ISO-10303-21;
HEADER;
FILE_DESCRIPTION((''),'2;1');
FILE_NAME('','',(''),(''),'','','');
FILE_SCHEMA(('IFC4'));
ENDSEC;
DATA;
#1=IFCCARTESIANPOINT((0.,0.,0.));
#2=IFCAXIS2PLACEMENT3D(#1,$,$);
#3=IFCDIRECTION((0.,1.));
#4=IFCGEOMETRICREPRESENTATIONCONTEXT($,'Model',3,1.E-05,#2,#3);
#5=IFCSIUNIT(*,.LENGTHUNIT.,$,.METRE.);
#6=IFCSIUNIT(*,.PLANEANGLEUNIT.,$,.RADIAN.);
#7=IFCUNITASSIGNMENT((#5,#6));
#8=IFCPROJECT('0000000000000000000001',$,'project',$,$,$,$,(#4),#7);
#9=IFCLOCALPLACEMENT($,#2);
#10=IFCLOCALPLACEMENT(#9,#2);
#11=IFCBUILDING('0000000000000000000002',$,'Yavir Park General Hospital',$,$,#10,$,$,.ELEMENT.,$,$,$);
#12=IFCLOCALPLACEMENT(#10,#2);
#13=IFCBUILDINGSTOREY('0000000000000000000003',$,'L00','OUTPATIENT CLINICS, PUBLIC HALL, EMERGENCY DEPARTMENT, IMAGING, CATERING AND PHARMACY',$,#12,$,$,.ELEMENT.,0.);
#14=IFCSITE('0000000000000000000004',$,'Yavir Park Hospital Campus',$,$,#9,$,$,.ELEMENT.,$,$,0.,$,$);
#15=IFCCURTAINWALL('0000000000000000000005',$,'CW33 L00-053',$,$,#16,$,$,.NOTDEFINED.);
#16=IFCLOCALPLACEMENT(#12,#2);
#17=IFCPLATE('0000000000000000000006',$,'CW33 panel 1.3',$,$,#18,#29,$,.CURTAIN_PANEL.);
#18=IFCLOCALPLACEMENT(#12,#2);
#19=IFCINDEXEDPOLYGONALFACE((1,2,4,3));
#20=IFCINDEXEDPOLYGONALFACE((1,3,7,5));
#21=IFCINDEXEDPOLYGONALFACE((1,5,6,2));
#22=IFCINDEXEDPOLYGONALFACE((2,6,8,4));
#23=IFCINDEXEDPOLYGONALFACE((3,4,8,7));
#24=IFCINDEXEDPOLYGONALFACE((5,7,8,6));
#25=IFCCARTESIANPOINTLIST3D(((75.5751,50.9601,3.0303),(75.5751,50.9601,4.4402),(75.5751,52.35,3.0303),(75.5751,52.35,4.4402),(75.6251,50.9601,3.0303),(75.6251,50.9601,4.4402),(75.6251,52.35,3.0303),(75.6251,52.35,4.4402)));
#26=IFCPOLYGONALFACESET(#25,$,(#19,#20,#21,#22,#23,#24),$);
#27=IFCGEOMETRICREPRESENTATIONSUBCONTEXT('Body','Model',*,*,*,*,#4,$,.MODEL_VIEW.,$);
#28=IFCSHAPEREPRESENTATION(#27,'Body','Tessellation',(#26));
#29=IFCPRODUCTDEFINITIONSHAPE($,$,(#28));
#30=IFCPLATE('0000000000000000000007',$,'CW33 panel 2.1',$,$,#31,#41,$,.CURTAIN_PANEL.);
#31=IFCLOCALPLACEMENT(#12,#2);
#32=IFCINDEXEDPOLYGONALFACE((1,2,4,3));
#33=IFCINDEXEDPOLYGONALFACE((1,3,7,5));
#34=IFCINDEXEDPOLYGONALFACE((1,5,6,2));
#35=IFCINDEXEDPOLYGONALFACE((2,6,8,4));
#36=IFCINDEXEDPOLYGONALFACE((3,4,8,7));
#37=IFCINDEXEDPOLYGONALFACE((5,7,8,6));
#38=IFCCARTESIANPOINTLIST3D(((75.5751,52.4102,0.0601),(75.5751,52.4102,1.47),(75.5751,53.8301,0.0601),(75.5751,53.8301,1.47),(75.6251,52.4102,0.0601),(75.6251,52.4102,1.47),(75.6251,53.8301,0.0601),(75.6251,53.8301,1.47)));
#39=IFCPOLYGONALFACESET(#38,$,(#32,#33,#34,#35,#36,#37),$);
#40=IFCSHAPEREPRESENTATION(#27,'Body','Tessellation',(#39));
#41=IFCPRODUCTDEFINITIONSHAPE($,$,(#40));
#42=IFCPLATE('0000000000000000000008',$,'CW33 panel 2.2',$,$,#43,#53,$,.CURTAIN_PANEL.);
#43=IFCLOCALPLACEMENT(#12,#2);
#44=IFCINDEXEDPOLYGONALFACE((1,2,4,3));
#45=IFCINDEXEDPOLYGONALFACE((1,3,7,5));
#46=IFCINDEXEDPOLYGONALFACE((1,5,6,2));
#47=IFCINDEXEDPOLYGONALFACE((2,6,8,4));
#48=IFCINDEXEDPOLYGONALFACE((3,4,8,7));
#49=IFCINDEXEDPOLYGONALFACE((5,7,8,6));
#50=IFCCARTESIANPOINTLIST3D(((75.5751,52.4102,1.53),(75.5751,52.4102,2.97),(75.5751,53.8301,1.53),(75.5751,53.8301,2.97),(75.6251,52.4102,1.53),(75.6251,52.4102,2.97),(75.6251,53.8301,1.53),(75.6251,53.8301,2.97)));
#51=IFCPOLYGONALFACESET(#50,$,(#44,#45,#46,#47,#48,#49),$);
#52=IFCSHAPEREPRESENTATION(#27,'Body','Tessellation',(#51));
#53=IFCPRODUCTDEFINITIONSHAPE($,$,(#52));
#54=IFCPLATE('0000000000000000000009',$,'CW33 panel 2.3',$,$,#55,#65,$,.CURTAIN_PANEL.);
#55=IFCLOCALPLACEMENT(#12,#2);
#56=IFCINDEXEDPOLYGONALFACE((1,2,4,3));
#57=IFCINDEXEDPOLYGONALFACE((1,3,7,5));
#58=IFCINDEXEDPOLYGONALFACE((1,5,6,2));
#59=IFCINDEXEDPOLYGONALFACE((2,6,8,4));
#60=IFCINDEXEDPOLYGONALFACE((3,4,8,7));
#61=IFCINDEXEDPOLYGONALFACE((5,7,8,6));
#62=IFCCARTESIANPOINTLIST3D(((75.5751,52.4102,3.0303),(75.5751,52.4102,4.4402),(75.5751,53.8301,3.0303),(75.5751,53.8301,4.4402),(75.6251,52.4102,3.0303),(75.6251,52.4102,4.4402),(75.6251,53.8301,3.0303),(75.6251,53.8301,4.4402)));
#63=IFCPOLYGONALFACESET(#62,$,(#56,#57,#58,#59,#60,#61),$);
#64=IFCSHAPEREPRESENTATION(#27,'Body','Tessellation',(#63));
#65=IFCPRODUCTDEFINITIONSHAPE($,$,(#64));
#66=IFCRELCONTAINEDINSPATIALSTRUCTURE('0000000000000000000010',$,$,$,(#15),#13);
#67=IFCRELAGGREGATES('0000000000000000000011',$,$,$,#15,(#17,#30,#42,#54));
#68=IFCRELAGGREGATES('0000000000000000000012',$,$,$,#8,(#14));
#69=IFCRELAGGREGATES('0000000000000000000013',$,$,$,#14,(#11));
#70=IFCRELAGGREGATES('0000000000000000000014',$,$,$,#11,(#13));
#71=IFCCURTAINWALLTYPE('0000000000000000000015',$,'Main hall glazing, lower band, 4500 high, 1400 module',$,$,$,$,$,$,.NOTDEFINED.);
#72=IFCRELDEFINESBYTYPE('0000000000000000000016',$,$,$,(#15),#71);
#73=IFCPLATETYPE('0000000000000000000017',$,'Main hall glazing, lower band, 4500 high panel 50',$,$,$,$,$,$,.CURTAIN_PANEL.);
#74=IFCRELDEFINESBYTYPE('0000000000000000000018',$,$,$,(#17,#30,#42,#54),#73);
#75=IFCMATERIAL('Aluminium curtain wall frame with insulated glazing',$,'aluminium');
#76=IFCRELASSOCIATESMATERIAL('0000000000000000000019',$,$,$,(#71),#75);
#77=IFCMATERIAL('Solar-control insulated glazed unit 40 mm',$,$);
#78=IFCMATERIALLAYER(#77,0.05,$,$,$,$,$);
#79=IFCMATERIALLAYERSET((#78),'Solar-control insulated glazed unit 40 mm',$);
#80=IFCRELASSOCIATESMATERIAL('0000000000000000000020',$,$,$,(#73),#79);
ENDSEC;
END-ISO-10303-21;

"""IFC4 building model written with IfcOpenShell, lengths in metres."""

from ifc_helpers import new_model, si_unit, direction, frame, origin, origin_2d, place, context, subcontext, project, spatial, rectangle, extrude, material, layer, layer_set, type_object, element, aggregate, save


model = new_model("IFC4")

# Units and contexts
model_context = context("Model", 3, precision=1e-05, world=origin(), true_north=direction((0.0, 1.0)))
body_context = subcontext(model_context, "Body", "Model", "MODEL_VIEW")
ifc_project = project(units=[si_unit("LENGTHUNIT", "METRE"), si_unit("PLANEANGLEUNIT", "RADIAN")], contexts=[model_context])

# Site, building, storey
site_placement = place(None, origin())
site = spatial("IfcSite", under=ifc_project, at=site_placement, Name="Yavir Park Hospital Campus", CompositionType="ELEMENT", RefElevation=0.0)
building_placement = place(site_placement, origin())
building = spatial("IfcBuilding", under=site, at=building_placement, Name="Yavir Park General Hospital", CompositionType="ELEMENT")
storey_placement = place(building_placement, origin())
storey = spatial("IfcBuildingStorey", under=building, at=storey_placement, Name="L00", Description="OUTPATIENT CLINICS, PUBLIC HALL, EMERGENCY DEPARTMENT, IMAGING, CATERING AND PHARMACY", CompositionType="ELEMENT", Elevation=0.0)

# Shared definitions
ifc_material_1 = material(Name="Aluminium curtain wall frame with insulated glazing", Category="aluminium")
curtain_wall_type_1 = type_object("IfcCurtainWallType", Name="Main hall glazing, lower band, 4500 high, 1400 module", PredefinedType="NOTDEFINED", material=ifc_material_1)

# Curtain wall
curtain_wall_1_placement = place(storey_placement, origin())
curtain_wall_1 = element("IfcCurtainWall", 1, at=curtain_wall_1_placement, inside=storey, type_object=curtain_wall_type_1, Name="CW33 L00-053", PredefinedType="NOTDEFINED")

# Plates
ifc_material_2 = material(Name="Solar-control insulated glazed unit 40 mm")
ifc_layer = layer(ifc_material_2, 0.05)
ifc_layer_set = layer_set([ifc_layer], Name="Solar-control insulated glazed unit 40 mm")
plate_type = type_object("IfcPlateType", Name="Main hall glazing, lower band, 4500 high panel 50", PredefinedType="CURTAIN_PANEL", material=ifc_layer_set)
plate_1_placement = place(storey_placement, frame((75.6001, 51.655, 3.0303), z_axis=(0.0, 0.0, 1.0), x_axis=(0.0, 1.0, 0.0)))
plate_1 = element("IfcPlate", 2, at=plate_1_placement, type_object=plate_type, Name="CW33 panel 1.3", PredefinedType="CURTAIN_PANEL", context=body_context, shape_type="SweptSolid", body=[
    extrude(rectangle(XDim=1.3899, YDim=0.05, at=origin_2d()), origin(), (0.0, 0.0, 1.0), 1.4099),
])
plate_2_placement = place(storey_placement, frame((75.6001, 53.1201, 0.0601), z_axis=(0.0, 0.0, 1.0), x_axis=(0.0, 1.0, 0.0)))
plate_2 = element("IfcPlate", 3, at=plate_2_placement, type_object=plate_type, Name="CW33 panel 2.1", PredefinedType="CURTAIN_PANEL", context=body_context, shape_type="SweptSolid", body=[
    extrude(rectangle(XDim=1.4199, YDim=0.05, at=origin_2d()), origin(), (0.0, 0.0, 1.0), 1.4099),
])
plate_3_placement = place(storey_placement, frame((75.6001, 53.1201, 1.53), z_axis=(0.0, 0.0, 1.0), x_axis=(0.0, 1.0, 0.0)))
plate_3 = element("IfcPlate", 4, at=plate_3_placement, type_object=plate_type, Name="CW33 panel 2.2", PredefinedType="CURTAIN_PANEL", context=body_context, shape_type="SweptSolid", body=[
    extrude(rectangle(XDim=1.4199, YDim=0.05, at=origin_2d()), origin(), (0.0, 0.0, 1.0), 1.4399),
])
plate_4_placement = place(storey_placement, frame((75.6001, 53.1201, 3.0303), z_axis=(0.0, 0.0, 1.0), x_axis=(0.0, 1.0, 0.0)))
plate_4 = element("IfcPlate", 5, at=plate_4_placement, type_object=plate_type, Name="CW33 panel 2.3", PredefinedType="CURTAIN_PANEL", context=body_context, shape_type="SweptSolid", body=[
    extrude(rectangle(XDim=1.4199, YDim=0.05, at=origin_2d()), origin(), (0.0, 0.0, 1.0), 1.4099),
])
aggregate(curtain_wall_1, [plate_1, plate_2, plate_3, plate_4])

save(model, "model.ifc")
